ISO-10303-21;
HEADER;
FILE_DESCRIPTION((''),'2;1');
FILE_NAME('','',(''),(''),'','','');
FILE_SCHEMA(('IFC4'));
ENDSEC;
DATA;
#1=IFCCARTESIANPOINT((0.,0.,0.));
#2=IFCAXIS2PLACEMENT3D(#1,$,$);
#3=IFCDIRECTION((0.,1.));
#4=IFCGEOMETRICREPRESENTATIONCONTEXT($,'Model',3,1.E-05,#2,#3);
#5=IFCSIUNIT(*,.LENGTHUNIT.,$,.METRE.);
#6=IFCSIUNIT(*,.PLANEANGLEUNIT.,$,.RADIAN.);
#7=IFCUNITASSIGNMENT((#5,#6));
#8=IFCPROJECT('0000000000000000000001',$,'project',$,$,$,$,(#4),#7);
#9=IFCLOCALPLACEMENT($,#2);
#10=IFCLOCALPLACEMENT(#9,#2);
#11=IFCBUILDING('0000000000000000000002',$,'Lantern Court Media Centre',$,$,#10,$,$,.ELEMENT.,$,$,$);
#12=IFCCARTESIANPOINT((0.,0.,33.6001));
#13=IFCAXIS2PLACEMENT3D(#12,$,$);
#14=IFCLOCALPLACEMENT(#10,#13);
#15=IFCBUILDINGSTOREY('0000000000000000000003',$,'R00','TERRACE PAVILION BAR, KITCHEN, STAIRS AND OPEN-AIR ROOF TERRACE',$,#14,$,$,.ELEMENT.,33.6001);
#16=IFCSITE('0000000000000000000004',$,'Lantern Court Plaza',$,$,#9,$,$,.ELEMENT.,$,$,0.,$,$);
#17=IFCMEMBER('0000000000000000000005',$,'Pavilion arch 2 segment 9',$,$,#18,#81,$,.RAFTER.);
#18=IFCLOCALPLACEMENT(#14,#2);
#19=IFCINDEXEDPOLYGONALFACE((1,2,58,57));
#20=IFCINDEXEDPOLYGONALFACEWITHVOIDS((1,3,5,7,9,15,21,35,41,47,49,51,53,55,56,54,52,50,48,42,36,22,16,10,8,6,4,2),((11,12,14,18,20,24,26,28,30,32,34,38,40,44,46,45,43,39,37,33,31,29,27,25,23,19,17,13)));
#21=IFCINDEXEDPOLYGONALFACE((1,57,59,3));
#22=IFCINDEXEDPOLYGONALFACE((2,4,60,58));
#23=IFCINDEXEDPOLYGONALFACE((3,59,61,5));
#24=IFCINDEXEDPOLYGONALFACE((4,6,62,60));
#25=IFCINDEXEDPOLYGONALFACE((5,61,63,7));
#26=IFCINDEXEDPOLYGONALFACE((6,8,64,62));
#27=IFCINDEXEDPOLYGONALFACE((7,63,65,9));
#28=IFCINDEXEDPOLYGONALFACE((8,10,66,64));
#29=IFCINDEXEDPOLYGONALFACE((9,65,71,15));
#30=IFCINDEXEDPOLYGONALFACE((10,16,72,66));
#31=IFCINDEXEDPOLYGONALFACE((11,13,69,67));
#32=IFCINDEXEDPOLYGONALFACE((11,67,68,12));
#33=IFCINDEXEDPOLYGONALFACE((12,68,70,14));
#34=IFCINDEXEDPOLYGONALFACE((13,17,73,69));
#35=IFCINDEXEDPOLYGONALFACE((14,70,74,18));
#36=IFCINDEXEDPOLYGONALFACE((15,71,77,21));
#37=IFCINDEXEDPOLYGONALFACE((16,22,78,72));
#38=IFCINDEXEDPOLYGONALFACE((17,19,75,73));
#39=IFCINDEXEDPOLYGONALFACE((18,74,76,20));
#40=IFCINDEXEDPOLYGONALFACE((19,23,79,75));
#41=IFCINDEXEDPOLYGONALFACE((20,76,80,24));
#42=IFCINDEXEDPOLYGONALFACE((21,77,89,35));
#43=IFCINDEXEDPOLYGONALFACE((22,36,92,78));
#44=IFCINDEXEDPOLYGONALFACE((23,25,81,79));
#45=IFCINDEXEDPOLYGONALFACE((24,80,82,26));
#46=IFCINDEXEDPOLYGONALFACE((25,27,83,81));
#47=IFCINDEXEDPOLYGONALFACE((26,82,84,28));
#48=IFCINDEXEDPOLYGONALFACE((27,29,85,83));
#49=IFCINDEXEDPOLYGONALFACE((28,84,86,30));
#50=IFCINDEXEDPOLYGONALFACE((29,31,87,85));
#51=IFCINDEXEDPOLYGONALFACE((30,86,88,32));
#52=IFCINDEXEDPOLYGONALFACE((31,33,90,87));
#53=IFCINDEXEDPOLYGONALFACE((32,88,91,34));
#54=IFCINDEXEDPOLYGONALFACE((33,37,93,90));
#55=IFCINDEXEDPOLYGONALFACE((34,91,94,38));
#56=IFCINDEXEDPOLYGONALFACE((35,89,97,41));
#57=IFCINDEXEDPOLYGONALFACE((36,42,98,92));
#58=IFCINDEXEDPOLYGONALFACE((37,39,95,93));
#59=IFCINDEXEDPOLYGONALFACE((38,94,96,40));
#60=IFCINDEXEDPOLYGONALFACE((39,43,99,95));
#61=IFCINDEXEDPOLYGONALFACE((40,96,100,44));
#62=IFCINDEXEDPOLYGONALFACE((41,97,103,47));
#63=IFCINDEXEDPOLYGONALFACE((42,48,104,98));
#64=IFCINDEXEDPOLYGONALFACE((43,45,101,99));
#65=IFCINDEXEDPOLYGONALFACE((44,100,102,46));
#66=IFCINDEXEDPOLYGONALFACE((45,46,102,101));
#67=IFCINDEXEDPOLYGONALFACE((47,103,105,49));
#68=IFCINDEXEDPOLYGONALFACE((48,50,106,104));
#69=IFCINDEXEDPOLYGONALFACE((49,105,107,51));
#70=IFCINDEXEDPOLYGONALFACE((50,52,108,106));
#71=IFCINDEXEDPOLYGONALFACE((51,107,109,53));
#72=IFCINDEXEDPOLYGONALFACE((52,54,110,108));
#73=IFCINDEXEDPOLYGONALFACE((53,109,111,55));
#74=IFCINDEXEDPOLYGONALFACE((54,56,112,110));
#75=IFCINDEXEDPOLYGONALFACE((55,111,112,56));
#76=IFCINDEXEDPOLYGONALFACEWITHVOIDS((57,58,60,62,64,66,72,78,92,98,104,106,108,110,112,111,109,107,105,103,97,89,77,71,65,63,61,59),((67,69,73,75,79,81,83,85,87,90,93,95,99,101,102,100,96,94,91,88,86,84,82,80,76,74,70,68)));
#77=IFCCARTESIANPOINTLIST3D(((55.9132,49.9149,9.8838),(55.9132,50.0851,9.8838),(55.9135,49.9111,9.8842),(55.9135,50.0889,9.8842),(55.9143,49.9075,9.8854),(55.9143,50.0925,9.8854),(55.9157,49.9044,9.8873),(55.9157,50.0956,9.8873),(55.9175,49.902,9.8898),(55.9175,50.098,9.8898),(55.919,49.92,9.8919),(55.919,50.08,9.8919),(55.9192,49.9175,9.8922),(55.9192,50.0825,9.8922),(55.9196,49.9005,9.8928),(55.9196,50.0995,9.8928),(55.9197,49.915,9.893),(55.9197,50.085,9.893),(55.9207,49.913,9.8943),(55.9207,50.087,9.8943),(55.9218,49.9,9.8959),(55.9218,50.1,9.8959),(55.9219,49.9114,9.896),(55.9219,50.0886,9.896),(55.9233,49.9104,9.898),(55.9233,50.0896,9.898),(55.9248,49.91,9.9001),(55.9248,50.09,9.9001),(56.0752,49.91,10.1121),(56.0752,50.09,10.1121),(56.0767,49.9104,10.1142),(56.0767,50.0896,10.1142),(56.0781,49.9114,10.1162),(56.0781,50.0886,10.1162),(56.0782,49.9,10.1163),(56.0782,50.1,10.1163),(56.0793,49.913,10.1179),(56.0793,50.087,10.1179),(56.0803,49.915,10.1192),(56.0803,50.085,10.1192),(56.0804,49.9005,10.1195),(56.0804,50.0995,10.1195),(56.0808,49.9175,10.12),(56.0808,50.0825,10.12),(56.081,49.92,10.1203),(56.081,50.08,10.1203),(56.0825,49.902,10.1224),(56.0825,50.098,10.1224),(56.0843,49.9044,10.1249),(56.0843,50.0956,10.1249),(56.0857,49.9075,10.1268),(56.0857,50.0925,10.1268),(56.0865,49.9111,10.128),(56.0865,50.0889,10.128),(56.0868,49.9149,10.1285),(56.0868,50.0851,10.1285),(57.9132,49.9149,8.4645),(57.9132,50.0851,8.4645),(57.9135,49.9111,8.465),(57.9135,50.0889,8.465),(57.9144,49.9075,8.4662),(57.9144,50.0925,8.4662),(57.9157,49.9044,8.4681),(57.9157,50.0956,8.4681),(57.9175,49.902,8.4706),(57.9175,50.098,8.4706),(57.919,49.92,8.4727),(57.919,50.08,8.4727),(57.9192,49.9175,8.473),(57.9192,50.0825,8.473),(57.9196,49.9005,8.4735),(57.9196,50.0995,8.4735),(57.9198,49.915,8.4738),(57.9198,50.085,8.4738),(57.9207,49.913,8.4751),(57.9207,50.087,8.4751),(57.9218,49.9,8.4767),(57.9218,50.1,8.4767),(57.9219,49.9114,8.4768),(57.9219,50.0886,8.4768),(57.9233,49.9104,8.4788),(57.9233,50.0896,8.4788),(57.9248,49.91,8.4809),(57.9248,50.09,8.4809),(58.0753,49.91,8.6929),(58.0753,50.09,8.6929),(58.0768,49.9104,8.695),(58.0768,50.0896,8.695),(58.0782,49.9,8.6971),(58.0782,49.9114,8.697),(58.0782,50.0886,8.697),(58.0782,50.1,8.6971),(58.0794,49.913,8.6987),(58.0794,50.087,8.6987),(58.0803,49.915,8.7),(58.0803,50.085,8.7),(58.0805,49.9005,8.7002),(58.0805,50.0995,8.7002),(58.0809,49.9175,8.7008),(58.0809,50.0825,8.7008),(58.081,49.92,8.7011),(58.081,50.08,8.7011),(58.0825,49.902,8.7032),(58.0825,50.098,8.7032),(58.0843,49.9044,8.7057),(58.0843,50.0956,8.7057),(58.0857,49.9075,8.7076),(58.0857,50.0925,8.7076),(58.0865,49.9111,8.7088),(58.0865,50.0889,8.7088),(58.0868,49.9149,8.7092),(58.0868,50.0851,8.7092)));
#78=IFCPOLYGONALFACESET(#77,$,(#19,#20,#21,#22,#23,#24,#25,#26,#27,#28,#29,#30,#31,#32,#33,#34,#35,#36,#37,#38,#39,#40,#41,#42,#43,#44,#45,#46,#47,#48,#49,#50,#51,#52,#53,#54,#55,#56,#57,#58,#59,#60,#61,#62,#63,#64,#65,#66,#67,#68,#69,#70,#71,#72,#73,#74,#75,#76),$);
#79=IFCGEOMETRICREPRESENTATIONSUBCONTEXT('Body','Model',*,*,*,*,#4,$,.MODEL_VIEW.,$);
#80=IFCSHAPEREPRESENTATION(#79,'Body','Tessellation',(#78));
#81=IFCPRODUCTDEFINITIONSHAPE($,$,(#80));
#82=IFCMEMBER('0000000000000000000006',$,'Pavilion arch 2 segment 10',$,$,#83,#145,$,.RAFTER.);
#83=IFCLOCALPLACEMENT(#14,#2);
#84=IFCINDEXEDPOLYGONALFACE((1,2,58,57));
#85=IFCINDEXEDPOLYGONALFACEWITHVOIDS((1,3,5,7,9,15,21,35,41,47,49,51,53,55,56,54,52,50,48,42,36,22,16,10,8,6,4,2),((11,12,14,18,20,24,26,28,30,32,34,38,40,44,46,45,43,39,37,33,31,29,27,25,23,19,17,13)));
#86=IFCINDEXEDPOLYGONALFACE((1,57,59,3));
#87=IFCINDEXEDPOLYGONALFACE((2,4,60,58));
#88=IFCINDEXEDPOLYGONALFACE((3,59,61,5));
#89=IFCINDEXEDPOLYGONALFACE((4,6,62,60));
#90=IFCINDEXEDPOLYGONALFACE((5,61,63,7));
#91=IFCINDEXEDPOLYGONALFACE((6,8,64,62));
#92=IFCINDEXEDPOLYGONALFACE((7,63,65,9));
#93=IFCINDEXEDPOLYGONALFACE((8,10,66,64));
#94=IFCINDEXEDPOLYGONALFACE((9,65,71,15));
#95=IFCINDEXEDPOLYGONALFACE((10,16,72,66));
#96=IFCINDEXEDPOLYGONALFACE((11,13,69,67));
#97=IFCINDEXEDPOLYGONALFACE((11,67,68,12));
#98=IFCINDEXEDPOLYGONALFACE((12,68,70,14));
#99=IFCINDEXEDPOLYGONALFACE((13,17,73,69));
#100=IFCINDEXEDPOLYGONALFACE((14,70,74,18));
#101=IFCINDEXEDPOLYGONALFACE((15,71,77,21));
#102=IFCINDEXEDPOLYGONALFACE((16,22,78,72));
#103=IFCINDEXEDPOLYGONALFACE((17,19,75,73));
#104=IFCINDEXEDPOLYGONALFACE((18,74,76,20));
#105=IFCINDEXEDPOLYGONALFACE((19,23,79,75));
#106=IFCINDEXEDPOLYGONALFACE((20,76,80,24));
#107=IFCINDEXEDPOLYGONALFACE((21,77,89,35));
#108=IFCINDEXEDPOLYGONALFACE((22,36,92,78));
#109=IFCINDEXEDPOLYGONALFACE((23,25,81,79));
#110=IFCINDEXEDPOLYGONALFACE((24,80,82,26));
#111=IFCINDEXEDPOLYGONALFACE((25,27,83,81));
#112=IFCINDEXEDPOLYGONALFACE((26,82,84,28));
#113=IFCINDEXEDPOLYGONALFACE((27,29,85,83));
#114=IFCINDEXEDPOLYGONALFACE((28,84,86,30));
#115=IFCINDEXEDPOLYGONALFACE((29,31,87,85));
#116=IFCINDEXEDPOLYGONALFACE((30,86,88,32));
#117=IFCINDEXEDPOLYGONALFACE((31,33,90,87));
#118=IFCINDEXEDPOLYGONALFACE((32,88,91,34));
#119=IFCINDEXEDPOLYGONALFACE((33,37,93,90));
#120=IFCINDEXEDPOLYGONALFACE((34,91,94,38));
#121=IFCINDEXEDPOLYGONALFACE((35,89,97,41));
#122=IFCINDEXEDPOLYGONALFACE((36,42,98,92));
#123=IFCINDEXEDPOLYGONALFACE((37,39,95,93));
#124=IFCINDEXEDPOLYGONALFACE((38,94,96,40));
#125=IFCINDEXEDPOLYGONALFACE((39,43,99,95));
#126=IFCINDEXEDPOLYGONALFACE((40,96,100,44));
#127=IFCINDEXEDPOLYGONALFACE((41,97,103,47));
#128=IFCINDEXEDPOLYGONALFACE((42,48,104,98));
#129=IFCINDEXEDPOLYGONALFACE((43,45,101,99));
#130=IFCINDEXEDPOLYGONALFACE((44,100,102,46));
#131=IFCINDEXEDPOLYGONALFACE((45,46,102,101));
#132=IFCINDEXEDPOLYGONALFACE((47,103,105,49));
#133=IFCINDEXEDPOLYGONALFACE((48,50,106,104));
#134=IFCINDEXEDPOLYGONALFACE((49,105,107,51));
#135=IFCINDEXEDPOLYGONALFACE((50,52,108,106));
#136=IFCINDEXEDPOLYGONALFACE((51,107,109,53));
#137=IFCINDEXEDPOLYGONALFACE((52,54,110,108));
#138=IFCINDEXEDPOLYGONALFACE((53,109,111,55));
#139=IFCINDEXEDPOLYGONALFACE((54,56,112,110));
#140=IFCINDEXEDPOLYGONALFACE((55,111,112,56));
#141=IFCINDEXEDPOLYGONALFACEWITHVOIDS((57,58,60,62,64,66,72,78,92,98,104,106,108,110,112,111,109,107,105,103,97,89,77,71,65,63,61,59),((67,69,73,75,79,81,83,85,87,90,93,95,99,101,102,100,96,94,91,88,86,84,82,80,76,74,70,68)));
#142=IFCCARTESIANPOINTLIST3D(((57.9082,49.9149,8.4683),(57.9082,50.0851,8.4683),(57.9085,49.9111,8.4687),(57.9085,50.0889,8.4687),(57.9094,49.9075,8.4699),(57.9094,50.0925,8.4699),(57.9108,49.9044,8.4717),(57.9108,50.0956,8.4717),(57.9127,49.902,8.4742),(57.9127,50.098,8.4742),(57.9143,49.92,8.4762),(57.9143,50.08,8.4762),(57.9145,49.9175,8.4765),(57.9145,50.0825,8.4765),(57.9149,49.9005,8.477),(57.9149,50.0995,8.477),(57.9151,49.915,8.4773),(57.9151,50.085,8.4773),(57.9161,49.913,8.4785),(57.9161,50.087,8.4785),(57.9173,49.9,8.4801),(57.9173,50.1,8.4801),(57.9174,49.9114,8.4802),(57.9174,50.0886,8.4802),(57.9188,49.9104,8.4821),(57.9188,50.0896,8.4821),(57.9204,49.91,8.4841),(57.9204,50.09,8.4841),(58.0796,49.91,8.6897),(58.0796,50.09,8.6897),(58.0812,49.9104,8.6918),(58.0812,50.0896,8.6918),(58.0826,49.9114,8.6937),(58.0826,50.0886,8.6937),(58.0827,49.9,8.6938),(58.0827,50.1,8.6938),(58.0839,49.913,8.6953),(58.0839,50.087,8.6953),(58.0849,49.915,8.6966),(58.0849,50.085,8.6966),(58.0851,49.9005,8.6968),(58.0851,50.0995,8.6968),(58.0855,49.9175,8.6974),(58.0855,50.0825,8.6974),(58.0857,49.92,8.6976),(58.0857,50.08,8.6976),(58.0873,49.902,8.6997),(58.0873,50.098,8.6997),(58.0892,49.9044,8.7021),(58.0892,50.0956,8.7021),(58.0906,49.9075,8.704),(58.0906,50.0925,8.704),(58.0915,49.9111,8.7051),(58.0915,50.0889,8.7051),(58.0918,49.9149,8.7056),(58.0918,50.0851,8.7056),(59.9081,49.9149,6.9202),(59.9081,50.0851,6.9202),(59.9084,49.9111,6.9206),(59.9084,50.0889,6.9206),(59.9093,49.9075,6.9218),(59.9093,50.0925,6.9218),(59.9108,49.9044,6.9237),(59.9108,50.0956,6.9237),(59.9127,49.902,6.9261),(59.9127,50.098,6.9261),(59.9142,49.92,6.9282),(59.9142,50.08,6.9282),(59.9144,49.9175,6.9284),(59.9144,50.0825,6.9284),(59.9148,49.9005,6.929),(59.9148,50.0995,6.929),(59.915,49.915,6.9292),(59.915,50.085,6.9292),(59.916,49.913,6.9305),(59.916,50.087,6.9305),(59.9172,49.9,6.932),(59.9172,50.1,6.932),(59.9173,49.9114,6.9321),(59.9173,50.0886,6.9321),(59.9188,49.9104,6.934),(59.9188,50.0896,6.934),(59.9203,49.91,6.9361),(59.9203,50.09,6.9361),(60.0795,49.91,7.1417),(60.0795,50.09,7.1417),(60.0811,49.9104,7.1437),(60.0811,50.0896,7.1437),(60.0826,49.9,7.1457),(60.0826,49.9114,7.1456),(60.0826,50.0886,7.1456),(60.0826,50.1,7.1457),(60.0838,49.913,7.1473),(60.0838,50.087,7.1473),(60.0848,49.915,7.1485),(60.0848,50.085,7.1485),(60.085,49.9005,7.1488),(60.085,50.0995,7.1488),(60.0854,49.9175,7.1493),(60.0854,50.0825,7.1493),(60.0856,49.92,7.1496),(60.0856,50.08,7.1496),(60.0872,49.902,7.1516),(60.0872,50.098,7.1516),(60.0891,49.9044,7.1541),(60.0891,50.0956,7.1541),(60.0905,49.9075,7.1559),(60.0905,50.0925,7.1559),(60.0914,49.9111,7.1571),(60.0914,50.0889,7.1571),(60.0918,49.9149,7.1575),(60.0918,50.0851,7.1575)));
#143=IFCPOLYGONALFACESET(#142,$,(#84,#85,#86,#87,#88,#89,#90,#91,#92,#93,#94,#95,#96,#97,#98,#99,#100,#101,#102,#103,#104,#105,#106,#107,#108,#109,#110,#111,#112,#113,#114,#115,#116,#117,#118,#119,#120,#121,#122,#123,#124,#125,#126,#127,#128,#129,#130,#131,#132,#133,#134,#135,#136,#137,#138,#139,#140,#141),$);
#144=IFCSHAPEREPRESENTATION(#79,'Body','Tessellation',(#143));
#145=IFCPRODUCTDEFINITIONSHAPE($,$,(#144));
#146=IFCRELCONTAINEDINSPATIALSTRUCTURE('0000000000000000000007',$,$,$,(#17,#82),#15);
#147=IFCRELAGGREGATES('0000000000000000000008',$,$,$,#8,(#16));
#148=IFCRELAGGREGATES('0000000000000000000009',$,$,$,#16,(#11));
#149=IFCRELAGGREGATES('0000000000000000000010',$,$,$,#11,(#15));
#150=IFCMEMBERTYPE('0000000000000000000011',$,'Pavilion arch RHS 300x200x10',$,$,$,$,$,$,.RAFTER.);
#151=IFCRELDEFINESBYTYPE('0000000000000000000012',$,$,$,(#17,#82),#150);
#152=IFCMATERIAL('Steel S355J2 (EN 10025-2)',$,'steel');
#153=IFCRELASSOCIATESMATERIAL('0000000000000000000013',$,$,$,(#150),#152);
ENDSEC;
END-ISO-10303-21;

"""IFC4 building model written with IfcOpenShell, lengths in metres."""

from ifc_helpers import new_model, si_unit, direction, frame, origin, origin_2d, place, context, subcontext, project, spatial, hollow_rectangle, extrude, material, material_profile, profile_set, type_object, element, save


model = new_model("IFC4")

# Units and contexts
model_context = context("Model", 3, precision=1e-05, world=origin(), true_north=direction((0.0, 1.0)))
body_context = subcontext(model_context, "Body", "Model", "MODEL_VIEW")
ifc_project = project(units=[si_unit("LENGTHUNIT", "METRE"), si_unit("PLANEANGLEUNIT", "RADIAN")], contexts=[model_context])

# Site, building, storey
site_placement = place(None, origin())
site = spatial("IfcSite", under=ifc_project, at=site_placement, Name="Lantern Court Plaza", CompositionType="ELEMENT", RefElevation=0.0)
building_placement = place(site_placement, origin())
building = spatial("IfcBuilding", under=site, at=building_placement, Name="Lantern Court Media Centre", CompositionType="ELEMENT")
storey_placement = place(building_placement, frame((0.0, 0.0, 33.6001)))
storey = spatial("IfcBuildingStorey", under=building, at=storey_placement, Name="R00", Description="TERRACE PAVILION BAR, KITCHEN, STAIRS AND OPEN-AIR ROOF TERRACE", CompositionType="ELEMENT", Elevation=33.6001)

# Members
ifc_material_1 = material(Name="Steel S355J2 (EN 10025-2)", Category="steel")
ifc_material_profile_1 = material_profile(ifc_material_1, hollow_rectangle(XDim=0.2, YDim=0.3, WallThickness=0.01, InnerFilletRadius=0.01, OuterFilletRadius=0.0149, at=origin_2d()), Name="Pavilion arch RHS 300x200x10")
ifc_profile_set_1 = profile_set([ifc_material_profile_1], Name="Steel S355J2 (EN 10025-2)")
member_type_1 = type_object("IfcMemberType", Name="Pavilion arch RHS 300x200x10", PredefinedType="RAFTER", material=ifc_profile_set_1)
member_1_placement = place(storey_placement, frame((56.0, 50.0, 10.0061), z_axis=(0.815539, 0.0, -0.578702), x_axis=(0.0, 1.0, 0.0)))
element("IfcMember", 1, at=member_1_placement, inside=storey, type_object=member_type_1, Name="Pavilion arch 2 segment 9", PredefinedType="RAFTER", context=body_context, shape_type="SweptSolid", body=[
    extrude(hollow_rectangle(XDim=0.2, YDim=0.3, WallThickness=0.01, InnerFilletRadius=0.01, OuterFilletRadius=0.0149, at=origin_2d()), origin(), (0.0, 0.0, 1.0), 2.4524),
])
member_2_placement = place(storey_placement, frame((58.0, 50.0, 8.5869), z_axis=(0.790779, 0.0, -0.612101), x_axis=(0.0, 1.0, 0.0)))
element("IfcMember", 2, at=member_2_placement, inside=storey, type_object=member_type_1, Name="Pavilion arch 2 segment 10", PredefinedType="RAFTER", context=body_context, shape_type="SweptSolid", body=[
    extrude(hollow_rectangle(XDim=0.2, YDim=0.3, WallThickness=0.01, InnerFilletRadius=0.01, OuterFilletRadius=0.0149, at=origin_2d()), origin(), (0.0, 0.0, 1.0), 2.5291),
])

save(model, "model.ifc")
